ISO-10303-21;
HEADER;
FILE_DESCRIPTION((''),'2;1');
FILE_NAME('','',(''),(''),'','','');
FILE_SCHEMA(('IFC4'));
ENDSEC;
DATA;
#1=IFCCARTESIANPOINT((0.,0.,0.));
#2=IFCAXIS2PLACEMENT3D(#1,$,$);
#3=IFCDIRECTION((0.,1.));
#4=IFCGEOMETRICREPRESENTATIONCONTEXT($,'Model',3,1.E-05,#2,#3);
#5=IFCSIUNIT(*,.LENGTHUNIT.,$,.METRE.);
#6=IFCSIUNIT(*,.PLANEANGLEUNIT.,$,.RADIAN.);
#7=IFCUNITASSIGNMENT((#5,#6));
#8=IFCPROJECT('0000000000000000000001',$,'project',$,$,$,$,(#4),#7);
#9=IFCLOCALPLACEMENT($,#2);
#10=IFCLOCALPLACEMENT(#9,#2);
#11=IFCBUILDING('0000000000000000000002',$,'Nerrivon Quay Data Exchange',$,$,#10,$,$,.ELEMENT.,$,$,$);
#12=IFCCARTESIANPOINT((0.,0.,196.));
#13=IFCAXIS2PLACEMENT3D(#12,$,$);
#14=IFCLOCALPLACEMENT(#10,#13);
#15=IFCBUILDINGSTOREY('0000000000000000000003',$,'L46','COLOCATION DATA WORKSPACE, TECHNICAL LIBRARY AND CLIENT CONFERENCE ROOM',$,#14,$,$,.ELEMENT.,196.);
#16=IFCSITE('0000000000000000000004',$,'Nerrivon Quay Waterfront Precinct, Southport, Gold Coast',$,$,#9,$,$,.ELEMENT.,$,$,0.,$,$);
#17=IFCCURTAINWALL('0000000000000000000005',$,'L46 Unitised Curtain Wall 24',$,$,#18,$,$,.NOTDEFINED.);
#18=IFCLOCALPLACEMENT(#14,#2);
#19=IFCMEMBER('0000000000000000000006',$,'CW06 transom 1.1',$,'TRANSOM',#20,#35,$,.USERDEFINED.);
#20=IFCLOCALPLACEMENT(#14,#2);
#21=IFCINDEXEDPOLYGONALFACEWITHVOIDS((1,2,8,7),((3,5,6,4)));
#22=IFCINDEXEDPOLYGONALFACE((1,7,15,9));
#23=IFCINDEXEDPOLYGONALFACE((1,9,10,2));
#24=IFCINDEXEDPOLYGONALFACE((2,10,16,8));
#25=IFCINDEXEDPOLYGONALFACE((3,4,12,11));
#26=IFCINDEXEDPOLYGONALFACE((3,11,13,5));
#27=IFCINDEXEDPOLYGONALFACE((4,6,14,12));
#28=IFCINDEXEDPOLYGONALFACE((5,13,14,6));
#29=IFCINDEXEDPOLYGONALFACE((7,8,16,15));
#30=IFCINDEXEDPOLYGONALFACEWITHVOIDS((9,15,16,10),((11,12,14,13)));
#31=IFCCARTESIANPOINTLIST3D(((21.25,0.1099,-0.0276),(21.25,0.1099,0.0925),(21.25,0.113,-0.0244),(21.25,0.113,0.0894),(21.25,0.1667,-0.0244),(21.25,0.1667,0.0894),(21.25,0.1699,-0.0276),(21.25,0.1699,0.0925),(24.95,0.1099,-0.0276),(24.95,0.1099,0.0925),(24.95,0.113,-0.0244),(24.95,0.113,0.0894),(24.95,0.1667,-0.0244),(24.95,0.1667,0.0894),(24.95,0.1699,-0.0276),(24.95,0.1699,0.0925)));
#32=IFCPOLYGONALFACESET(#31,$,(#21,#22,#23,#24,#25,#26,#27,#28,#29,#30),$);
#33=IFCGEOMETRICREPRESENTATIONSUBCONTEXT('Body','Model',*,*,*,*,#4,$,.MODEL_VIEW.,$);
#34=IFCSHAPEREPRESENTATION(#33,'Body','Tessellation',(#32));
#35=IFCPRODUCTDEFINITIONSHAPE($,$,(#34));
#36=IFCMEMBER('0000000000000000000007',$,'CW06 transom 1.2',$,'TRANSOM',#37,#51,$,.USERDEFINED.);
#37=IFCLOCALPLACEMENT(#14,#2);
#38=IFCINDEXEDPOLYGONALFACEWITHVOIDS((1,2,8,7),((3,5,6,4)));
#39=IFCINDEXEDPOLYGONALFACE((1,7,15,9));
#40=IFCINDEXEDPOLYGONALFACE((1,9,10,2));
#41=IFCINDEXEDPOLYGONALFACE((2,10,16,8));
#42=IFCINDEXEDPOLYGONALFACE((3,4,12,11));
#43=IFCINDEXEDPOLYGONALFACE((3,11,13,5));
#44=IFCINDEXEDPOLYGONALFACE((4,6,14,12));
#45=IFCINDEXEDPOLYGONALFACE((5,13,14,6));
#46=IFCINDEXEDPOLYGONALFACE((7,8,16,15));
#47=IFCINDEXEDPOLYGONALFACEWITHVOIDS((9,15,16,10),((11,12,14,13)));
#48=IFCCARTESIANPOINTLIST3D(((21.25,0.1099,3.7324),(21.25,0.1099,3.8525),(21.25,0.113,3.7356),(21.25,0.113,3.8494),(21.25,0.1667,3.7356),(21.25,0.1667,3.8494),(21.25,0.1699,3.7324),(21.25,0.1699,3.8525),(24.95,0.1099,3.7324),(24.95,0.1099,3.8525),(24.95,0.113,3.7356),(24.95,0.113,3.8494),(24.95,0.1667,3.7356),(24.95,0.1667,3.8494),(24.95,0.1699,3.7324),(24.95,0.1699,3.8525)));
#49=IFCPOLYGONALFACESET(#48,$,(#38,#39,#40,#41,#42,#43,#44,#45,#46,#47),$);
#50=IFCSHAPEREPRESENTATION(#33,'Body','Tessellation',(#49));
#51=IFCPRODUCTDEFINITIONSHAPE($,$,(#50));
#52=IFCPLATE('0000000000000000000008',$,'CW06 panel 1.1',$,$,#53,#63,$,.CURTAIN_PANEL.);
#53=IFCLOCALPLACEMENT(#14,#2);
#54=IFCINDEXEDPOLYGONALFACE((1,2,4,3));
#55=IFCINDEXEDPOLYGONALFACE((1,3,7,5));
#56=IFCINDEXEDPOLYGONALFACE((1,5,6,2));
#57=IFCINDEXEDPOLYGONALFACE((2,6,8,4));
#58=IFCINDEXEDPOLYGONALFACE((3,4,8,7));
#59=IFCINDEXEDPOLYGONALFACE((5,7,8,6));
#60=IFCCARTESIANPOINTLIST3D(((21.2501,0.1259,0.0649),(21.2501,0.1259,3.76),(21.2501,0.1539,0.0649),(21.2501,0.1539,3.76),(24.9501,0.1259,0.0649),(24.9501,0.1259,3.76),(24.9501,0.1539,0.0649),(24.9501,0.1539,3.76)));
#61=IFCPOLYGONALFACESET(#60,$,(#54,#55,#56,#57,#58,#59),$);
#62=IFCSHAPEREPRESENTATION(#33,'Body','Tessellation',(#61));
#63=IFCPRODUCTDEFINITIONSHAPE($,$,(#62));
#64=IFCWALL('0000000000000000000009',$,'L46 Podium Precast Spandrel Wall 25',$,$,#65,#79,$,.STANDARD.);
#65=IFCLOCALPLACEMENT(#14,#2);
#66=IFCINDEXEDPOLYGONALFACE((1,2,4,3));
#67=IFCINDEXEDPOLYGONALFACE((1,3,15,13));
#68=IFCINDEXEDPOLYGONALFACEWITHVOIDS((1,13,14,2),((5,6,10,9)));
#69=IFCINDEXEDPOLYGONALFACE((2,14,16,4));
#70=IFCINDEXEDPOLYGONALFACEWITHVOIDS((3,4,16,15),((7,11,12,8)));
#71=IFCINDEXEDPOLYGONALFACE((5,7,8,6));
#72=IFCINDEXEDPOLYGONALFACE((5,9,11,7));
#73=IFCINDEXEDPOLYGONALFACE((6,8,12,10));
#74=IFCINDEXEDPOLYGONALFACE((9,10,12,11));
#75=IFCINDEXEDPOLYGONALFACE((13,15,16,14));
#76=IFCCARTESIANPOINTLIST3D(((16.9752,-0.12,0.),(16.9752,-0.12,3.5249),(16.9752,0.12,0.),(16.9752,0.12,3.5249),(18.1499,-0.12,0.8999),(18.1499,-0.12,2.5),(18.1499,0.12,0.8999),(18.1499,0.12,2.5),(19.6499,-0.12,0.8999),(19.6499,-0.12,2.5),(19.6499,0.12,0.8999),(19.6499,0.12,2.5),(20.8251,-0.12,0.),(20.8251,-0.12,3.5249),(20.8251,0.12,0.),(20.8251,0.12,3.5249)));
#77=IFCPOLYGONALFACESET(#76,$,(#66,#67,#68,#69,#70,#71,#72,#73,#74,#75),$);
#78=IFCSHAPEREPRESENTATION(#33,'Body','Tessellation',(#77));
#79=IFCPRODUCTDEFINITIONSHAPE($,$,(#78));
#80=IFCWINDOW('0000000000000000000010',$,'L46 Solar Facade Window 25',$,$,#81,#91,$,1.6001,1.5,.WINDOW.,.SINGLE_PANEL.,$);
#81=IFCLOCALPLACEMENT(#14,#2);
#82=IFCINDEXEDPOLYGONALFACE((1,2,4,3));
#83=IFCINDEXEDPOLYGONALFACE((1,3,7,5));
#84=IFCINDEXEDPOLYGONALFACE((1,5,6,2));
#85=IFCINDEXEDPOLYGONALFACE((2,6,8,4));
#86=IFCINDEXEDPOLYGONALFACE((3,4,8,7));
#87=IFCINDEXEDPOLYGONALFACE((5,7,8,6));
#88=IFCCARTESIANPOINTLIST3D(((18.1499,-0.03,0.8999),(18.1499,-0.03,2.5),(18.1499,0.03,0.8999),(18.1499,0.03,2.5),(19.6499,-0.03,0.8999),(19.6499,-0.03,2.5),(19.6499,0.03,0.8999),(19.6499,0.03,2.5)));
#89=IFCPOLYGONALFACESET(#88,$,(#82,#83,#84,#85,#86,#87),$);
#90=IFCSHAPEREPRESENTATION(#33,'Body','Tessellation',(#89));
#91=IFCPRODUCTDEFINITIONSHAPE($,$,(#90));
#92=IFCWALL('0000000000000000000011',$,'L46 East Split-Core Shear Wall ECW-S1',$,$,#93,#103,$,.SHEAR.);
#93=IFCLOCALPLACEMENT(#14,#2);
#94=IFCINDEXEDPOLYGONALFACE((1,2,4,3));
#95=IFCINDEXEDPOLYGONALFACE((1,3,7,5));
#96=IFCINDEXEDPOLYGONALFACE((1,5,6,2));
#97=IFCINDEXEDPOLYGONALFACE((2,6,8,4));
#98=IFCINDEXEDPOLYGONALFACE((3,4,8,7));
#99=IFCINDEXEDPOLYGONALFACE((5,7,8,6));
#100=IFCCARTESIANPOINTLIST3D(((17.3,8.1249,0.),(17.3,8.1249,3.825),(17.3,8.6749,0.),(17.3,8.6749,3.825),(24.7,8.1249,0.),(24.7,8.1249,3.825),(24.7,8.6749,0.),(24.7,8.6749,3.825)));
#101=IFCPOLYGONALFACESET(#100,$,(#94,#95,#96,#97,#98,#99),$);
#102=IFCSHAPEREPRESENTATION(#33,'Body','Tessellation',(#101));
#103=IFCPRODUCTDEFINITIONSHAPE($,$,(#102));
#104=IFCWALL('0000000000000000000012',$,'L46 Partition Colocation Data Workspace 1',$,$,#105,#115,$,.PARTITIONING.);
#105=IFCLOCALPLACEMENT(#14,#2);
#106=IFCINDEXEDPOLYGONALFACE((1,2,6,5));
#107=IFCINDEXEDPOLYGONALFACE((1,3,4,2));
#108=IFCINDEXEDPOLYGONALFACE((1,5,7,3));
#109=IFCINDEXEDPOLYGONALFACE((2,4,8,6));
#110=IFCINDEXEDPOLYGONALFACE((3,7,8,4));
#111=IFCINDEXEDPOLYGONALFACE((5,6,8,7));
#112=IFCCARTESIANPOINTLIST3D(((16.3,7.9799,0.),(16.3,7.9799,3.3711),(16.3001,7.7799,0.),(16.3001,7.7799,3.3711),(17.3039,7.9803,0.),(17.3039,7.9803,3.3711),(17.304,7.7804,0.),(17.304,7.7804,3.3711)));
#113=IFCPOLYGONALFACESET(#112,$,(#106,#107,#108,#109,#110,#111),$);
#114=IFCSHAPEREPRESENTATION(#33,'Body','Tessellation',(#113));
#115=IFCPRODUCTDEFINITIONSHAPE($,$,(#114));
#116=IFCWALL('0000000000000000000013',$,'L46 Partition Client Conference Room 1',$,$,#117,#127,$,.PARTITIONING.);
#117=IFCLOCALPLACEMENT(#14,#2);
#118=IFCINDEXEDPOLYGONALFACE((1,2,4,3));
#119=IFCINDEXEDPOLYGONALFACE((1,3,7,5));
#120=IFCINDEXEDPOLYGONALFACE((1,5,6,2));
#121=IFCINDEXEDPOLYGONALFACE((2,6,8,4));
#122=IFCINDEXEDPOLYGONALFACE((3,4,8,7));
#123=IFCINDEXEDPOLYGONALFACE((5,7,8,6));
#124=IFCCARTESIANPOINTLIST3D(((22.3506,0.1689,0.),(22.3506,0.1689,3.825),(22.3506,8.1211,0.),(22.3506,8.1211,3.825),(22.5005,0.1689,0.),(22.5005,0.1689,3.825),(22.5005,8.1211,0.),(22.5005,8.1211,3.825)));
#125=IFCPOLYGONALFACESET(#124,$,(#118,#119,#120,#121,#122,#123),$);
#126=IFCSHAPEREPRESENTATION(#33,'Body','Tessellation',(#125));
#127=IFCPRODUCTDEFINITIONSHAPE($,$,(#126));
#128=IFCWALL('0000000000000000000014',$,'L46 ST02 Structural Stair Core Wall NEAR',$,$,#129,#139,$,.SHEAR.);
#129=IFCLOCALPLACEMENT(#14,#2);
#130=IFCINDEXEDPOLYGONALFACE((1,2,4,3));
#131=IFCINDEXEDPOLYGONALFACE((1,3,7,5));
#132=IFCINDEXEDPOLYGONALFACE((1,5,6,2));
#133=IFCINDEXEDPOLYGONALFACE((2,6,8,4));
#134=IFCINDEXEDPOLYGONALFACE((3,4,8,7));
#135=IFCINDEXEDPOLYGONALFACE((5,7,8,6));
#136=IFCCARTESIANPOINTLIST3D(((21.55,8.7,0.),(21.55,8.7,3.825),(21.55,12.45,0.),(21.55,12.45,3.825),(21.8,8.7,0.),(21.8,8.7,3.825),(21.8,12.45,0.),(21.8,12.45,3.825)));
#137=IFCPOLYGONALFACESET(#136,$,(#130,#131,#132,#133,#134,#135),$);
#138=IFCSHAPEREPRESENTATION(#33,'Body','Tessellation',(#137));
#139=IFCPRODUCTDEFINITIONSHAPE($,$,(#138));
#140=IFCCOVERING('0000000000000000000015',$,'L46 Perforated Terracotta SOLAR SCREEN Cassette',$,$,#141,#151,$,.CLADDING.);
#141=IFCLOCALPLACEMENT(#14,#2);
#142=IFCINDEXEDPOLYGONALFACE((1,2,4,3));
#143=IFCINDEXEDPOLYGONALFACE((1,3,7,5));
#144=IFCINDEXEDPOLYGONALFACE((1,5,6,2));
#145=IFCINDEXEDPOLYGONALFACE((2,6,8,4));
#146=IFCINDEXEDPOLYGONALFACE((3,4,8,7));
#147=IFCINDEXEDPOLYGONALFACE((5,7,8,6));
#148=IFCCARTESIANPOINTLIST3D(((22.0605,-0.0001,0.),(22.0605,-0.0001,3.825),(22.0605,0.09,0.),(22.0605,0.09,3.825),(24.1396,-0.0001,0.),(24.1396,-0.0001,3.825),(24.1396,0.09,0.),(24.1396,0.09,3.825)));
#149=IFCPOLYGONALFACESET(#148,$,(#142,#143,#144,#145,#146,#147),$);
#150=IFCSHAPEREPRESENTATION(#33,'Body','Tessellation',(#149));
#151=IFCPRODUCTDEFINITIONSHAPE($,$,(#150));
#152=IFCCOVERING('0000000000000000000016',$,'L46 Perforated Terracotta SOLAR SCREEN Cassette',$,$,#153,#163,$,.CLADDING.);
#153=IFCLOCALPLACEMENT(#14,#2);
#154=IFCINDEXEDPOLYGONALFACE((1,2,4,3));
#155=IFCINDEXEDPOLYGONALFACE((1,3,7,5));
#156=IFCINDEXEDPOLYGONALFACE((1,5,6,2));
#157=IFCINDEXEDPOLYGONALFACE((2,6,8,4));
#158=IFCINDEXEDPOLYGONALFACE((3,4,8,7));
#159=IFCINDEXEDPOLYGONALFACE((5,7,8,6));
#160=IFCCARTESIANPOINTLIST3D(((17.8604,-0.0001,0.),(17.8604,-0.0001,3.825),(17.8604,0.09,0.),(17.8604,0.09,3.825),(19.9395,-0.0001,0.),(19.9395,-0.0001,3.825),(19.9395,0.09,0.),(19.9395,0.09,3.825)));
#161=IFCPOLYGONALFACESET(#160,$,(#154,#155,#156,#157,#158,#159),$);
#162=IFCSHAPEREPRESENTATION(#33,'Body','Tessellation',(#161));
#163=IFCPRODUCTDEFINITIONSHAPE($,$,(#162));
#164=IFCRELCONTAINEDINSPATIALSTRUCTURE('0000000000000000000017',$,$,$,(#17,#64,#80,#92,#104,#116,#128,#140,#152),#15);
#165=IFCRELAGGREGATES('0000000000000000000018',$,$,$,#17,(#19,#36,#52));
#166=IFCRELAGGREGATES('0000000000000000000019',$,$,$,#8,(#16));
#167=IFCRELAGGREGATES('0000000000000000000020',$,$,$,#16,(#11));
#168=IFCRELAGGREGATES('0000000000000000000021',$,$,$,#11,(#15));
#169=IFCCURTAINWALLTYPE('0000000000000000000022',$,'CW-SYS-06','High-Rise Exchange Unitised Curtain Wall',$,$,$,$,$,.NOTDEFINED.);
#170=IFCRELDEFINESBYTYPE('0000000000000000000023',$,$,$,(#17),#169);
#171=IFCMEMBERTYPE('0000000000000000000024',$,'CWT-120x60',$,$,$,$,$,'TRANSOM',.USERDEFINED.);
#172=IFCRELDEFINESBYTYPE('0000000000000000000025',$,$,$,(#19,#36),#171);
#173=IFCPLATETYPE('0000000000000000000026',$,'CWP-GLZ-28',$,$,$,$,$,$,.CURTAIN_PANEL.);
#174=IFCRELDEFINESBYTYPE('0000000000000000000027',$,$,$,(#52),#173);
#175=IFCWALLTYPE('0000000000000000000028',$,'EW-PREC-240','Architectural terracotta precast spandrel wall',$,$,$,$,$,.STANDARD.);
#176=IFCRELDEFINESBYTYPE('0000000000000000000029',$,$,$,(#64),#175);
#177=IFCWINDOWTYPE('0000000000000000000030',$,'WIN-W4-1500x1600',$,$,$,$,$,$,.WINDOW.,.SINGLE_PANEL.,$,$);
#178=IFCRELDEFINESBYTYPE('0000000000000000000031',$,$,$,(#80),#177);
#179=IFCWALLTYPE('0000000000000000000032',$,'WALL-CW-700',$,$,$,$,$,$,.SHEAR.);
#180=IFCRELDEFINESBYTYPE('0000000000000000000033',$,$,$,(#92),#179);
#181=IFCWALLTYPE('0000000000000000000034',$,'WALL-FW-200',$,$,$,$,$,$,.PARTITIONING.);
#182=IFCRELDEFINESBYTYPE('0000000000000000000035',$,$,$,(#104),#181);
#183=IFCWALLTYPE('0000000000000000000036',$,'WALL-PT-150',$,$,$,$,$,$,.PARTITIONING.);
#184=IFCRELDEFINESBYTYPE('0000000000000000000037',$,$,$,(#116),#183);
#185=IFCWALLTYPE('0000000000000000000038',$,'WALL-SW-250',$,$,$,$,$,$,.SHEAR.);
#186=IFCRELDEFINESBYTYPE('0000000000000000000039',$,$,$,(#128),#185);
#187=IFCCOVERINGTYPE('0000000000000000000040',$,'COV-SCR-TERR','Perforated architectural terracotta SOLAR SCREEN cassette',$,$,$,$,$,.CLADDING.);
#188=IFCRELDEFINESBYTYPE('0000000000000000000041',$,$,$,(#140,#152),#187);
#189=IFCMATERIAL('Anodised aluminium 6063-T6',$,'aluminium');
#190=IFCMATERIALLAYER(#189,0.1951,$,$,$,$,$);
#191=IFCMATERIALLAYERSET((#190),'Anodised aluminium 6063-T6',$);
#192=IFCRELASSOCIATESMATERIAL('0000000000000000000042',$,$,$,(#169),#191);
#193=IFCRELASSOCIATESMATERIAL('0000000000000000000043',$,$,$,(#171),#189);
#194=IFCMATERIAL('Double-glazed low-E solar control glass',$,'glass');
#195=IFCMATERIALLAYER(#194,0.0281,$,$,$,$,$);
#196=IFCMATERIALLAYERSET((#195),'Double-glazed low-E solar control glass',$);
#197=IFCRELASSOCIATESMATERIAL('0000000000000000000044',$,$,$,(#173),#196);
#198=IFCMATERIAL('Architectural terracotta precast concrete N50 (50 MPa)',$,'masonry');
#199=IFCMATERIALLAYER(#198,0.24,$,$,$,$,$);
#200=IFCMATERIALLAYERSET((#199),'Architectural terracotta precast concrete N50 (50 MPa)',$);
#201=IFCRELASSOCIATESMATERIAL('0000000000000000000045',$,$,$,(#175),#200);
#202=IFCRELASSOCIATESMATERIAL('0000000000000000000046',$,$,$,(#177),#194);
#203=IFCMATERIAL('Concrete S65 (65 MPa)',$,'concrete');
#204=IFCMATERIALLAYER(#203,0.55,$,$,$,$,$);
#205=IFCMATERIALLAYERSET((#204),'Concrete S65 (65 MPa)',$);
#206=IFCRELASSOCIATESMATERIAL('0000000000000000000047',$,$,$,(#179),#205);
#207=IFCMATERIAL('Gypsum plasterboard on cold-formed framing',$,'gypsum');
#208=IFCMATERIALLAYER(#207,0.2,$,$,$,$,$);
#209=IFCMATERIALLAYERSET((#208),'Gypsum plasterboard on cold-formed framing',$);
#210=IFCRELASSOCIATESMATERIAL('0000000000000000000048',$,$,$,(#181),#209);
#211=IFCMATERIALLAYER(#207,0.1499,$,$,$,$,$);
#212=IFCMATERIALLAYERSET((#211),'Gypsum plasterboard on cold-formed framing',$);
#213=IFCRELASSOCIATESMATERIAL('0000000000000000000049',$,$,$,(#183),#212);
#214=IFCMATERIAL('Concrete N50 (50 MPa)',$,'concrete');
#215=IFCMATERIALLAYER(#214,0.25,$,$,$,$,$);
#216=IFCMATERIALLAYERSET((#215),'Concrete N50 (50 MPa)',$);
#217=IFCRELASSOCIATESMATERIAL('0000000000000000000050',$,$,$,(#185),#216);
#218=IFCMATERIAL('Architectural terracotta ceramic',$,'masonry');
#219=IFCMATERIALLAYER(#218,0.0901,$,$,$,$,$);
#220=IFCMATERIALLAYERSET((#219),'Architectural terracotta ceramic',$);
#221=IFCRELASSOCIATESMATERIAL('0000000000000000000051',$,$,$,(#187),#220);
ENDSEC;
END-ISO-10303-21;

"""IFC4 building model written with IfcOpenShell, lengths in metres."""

from ifc_helpers import new_model, si_unit, direction, frame, frame_2d, origin, origin_2d, place, context, subcontext, project, spatial, rectangle, hollow_rectangle, extrude, material, layer, layer_set, material_profile, profile_set, type_object, element, fill, aggregate, save


model = new_model("IFC4")

# Units and contexts
model_context = context("Model", 3, precision=1e-05, world=origin(), true_north=direction((0.0, 1.0)))
body_context = subcontext(model_context, "Body", "Model", "MODEL_VIEW")
ifc_project = project(units=[si_unit("LENGTHUNIT", "METRE"), si_unit("PLANEANGLEUNIT", "RADIAN")], contexts=[model_context])

# Site, building, storey
site_placement = place(None, origin())
site = spatial("IfcSite", under=ifc_project, at=site_placement, Name="Nerrivon Quay Waterfront Precinct, Southport, Gold Coast", CompositionType="ELEMENT", RefElevation=0.0)
building_placement = place(site_placement, origin())
building = spatial("IfcBuilding", under=site, at=building_placement, Name="Nerrivon Quay Data Exchange", CompositionType="ELEMENT")
storey_placement = place(building_placement, frame((0.0, 0.0, 196.0)))
storey = spatial("IfcBuildingStorey", under=building, at=storey_placement, Name="L46", Description="COLOCATION DATA WORKSPACE, TECHNICAL LIBRARY AND CLIENT CONFERENCE ROOM", CompositionType="ELEMENT", Elevation=196.0)

# Shared definitions
ifc_material_1 = material(Name="Concrete S65 (65 MPa)", Category="concrete")
ifc_material_2 = material(Name="Concrete N50 (50 MPa)", Category="concrete")

# Curtain wall
ifc_material_3 = material(Name="Anodised aluminium 6063-T6", Category="aluminium")
ifc_layer_1 = layer(ifc_material_3, 0.1951)
ifc_layer_set_1 = layer_set([ifc_layer_1], Name="Anodised aluminium 6063-T6")
curtain_wall_type = type_object("IfcCurtainWallType", Name="CW-SYS-06", Description="High-Rise Exchange Unitised Curtain Wall", PredefinedType="NOTDEFINED", material=ifc_layer_set_1)
curtain_wall_1_placement = place(storey_placement, origin())
curtain_wall_1 = element("IfcCurtainWall", 1, at=curtain_wall_1_placement, inside=storey, type_object=curtain_wall_type, Name="L46 Unitised Curtain Wall 24", PredefinedType="NOTDEFINED")

# Members
ifc_material_profile_1 = material_profile(ifc_material_3, hollow_rectangle(XDim=0.0601, YDim=0.1201, WallThickness=0.0032, at=origin_2d()), Name="ALU-TRAN-120x60")
ifc_profile_set_1 = profile_set([ifc_material_profile_1], Name="Anodised aluminium 6063-T6")
member_type_1 = type_object("IfcMemberType", Name="CWT-120x60", ElementType="TRANSOM", PredefinedType="USERDEFINED", material=ifc_profile_set_1)
member_1_placement = place(storey_placement, frame((24.95, 0.1399, 0.0325), z_axis=(-1.0, 0.0, 0.0), x_axis=(0.0, -1.0, 0.0)))
member_1 = element("IfcMember", 2, at=member_1_placement, type_object=member_type_1, Name="CW06 transom 1.1", ObjectType="TRANSOM", PredefinedType="USERDEFINED", context=body_context, shape_type="SweptSolid", body=[
    extrude(hollow_rectangle(XDim=0.0601, YDim=0.1201, WallThickness=0.0032, at=origin_2d()), origin(), (0.0, 0.0, 1.0), 3.7),
])
member_2_placement = place(storey_placement, frame((24.95, 0.1399, 3.7925), z_axis=(-1.0, 0.0, 0.0), x_axis=(0.0, -1.0, 0.0)))
member_2 = element("IfcMember", 3, at=member_2_placement, type_object=member_type_1, Name="CW06 transom 1.2", ObjectType="TRANSOM", PredefinedType="USERDEFINED", context=body_context, shape_type="SweptSolid", body=[
    extrude(hollow_rectangle(XDim=0.0601, YDim=0.1201, WallThickness=0.0032, at=origin_2d()), origin(), (0.0, 0.0, 1.0), 3.7),
])

# Plate
ifc_material_4 = material(Name="Double-glazed low-E solar control glass", Category="glass")
ifc_layer_2 = layer(ifc_material_4, 0.0281)
ifc_layer_set_2 = layer_set([ifc_layer_2], Name="Double-glazed low-E solar control glass")
plate_type = type_object("IfcPlateType", Name="CWP-GLZ-28", PredefinedType="CURTAIN_PANEL", material=ifc_layer_set_2)
plate_placement = place(storey_placement, frame((23.1001, 0.1399, 0.0649), z_axis=(0.0, 0.0, 1.0), x_axis=(-1.0, 0.0, 0.0)))
plate = element("IfcPlate", 4, at=plate_placement, type_object=plate_type, Name="CW06 panel 1.1", PredefinedType="CURTAIN_PANEL", context=body_context, shape_type="SweptSolid", body=[
    extrude(rectangle(XDim=3.7, YDim=0.0281, at=origin_2d()), origin(), (0.0, 0.0, 1.0), 3.6951),
])
aggregate(curtain_wall_1, [member_1, member_2, plate])

# Wall, opening, window
ifc_material_5 = material(Name="Architectural terracotta precast concrete N50 (50 MPa)", Category="masonry")
ifc_layer_3 = layer(ifc_material_5, 0.24)
ifc_layer_set_3 = layer_set([ifc_layer_3], Name="Architectural terracotta precast concrete N50 (50 MPa)")
wall_type_1 = type_object("IfcWallType", Name="EW-PREC-240", Description="Architectural terracotta precast spandrel wall", PredefinedType="STANDARD", material=ifc_layer_set_3)
wall_1_placement = place(storey_placement, frame((20.825, 0.0, 0.0), z_axis=(0.0, 0.0, 1.0), x_axis=(-1.0, 0.0, 0.0)))
wall_1 = element("IfcWall", 5, at=wall_1_placement, inside=storey, type_object=wall_type_1, Name="L46 Podium Precast Spandrel Wall 25", PredefinedType="STANDARD", context=body_context, shape_type="SweptSolid", body=[
    extrude(rectangle(XDim=3.8499, YDim=0.24, at=frame_2d((1.9248, 0.0))), origin(), (0.0, 0.0, 1.0), 3.5249),
])
opening_placement = place(wall_1_placement, frame((1.175, 0.0, 0.8999)))
opening = element("IfcOpeningElement", 6, at=opening_placement, cuts=wall_1, PredefinedType="OPENING", context=body_context, shape_type="SweptSolid", body=[
    extrude(rectangle(XDim=1.5, YDim=1.6001, at=frame_2d((0.75, 0.8))), frame((0.0, 0.1299, 0.0), z_axis=(0.0, -1.0, 0.0), x_axis=(1.0, 0.0, 0.0)), (0.0, 0.0, 1.0), 0.26),
])
window_type = type_object("IfcWindowType", Name="WIN-W4-1500x1600", PartitioningType="SINGLE_PANEL", PredefinedType="WINDOW", material=ifc_material_4)
window_placement = place(opening_placement, origin())
window = element("IfcWindow", 7, at=window_placement, inside=storey, type_object=window_type, Name="L46 Solar Facade Window 25", OverallHeight=1.6001, OverallWidth=1.5, PartitioningType="SINGLE_PANEL", PredefinedType="WINDOW", context=body_context, shape_type="SweptSolid", body=[
    extrude(rectangle(XDim=1.5, YDim=1.6001, at=frame_2d((0.75, 0.8))), frame((0.0, 0.03, 0.0), z_axis=(0.0, -1.0, 0.0), x_axis=(1.0, 0.0, 0.0)), (0.0, 0.0, 1.0), 0.0601),
])
fill(opening, window)

# Walls
ifc_layer_4 = layer(ifc_material_1, 0.55)
ifc_layer_set_4 = layer_set([ifc_layer_4], Name="Concrete S65 (65 MPa)")
wall_type_2 = type_object("IfcWallType", Name="WALL-CW-700", PredefinedType="SHEAR", material=ifc_layer_set_4)
wall_2_placement = place(storey_placement, frame((17.3, 8.3999, 0.0), z_axis=(0.0, 0.0, 1.0), x_axis=(1.0, 0.0, 0.0)))
element("IfcWall", 8, at=wall_2_placement, inside=storey, type_object=wall_type_2, Name="L46 East Split-Core Shear Wall ECW-S1", PredefinedType="SHEAR", context=body_context, shape_type="SweptSolid", body=[
    extrude(rectangle(XDim=7.3999, YDim=0.55, at=frame_2d((3.7, 0.0))), origin(), (0.0, 0.0, 1.0), 3.825),
])
ifc_material_6 = material(Name="Gypsum plasterboard on cold-formed framing", Category="gypsum")
ifc_layer_5 = layer(ifc_material_6, 0.2)
ifc_layer_set_5 = layer_set([ifc_layer_5], Name="Gypsum plasterboard on cold-formed framing")
wall_type_3 = type_object("IfcWallType", Name="WALL-FW-200", PredefinedType="PARTITIONING", material=ifc_layer_set_5)
wall_3_placement = place(storey_placement, frame((17.304, 7.8804, 0.0), z_axis=(0.0, 0.0, 1.0), x_axis=(-1.0, -0.000486, 0.0)))
element("IfcWall", 9, at=wall_3_placement, inside=storey, type_object=wall_type_3, Name="L46 Partition Colocation Data Workspace 1", PredefinedType="PARTITIONING", context=body_context, shape_type="SweptSolid", body=[
    extrude(rectangle(XDim=1.0039, YDim=0.2, at=frame_2d((0.502, 0.0))), origin(), (0.0, 0.0, 1.0), 3.3711),
])
ifc_layer_6 = layer(ifc_material_6, 0.1499)
ifc_layer_set_6 = layer_set([ifc_layer_6], Name="Gypsum plasterboard on cold-formed framing")
wall_type_4 = type_object("IfcWallType", Name="WALL-PT-150", PredefinedType="PARTITIONING", material=ifc_layer_set_6)
wall_4_placement = place(storey_placement, frame((22.4255, 8.1211, 0.0), z_axis=(0.0, 0.0, 1.0), x_axis=(0.0, -1.0, 0.0)))
element("IfcWall", 10, at=wall_4_placement, inside=storey, type_object=wall_type_4, Name="L46 Partition Client Conference Room 1", PredefinedType="PARTITIONING", context=body_context, shape_type="SweptSolid", body=[
    extrude(rectangle(XDim=7.9521, YDim=0.1499, at=frame_2d((3.9761, 0.0))), origin(), (0.0, 0.0, 1.0), 3.825),
])
ifc_layer_7 = layer(ifc_material_2, 0.25)
ifc_layer_set_7 = layer_set([ifc_layer_7], Name="Concrete N50 (50 MPa)")
wall_type_5 = type_object("IfcWallType", Name="WALL-SW-250", PredefinedType="SHEAR", material=ifc_layer_set_7)
wall_5_placement = place(storey_placement, frame((21.675, 8.7, 0.0), z_axis=(0.0, 0.0, 1.0), x_axis=(0.0, 1.0, 0.0)))
element("IfcWall", 11, at=wall_5_placement, inside=storey, type_object=wall_type_5, Name="L46 ST02 Structural Stair Core Wall NEAR", PredefinedType="SHEAR", context=body_context, shape_type="SweptSolid", body=[
    extrude(rectangle(XDim=3.75, YDim=0.25, at=frame_2d((1.875, 0.0))), origin(), (0.0, 0.0, 1.0), 3.825),
])

# Coverings
ifc_material_7 = material(Name="Architectural terracotta ceramic", Category="masonry")
ifc_layer_8 = layer(ifc_material_7, 0.0901)
ifc_layer_set_8 = layer_set([ifc_layer_8], Name="Architectural terracotta ceramic")
covering_type = type_object("IfcCoveringType", Name="COV-SCR-TERR", Description="Perforated architectural terracotta SOLAR SCREEN cassette", PredefinedType="CLADDING", material=ifc_layer_set_8)
for number, where, z_axis, x_axis, name in (
    (12, (23.1001, 0.0449, 0.0), (0.0, 0.0, 1.0), (-1.0, 0.0, 0.0), "L46 Perforated Terracotta SOLAR SCREEN Cassette"),
    (13, (18.8999, 0.0449, 0.0), (0.0, 0.0, 1.0), (-1.0, 0.0, 0.0), "L46 Perforated Terracotta SOLAR SCREEN Cassette"),
):
    element("IfcCovering", number, at=place(storey_placement, frame(where, z_axis=z_axis, x_axis=x_axis)), inside=storey, type_object=covering_type, Name=name, PredefinedType="CLADDING", context=body_context, shape_type="SweptSolid", body=[
        extrude(rectangle(XDim=2.0791, YDim=0.0901, at=origin_2d()), origin(), (0.0, 0.0, 1.0), 3.825),
    ])

save(model, "model.ifc")
